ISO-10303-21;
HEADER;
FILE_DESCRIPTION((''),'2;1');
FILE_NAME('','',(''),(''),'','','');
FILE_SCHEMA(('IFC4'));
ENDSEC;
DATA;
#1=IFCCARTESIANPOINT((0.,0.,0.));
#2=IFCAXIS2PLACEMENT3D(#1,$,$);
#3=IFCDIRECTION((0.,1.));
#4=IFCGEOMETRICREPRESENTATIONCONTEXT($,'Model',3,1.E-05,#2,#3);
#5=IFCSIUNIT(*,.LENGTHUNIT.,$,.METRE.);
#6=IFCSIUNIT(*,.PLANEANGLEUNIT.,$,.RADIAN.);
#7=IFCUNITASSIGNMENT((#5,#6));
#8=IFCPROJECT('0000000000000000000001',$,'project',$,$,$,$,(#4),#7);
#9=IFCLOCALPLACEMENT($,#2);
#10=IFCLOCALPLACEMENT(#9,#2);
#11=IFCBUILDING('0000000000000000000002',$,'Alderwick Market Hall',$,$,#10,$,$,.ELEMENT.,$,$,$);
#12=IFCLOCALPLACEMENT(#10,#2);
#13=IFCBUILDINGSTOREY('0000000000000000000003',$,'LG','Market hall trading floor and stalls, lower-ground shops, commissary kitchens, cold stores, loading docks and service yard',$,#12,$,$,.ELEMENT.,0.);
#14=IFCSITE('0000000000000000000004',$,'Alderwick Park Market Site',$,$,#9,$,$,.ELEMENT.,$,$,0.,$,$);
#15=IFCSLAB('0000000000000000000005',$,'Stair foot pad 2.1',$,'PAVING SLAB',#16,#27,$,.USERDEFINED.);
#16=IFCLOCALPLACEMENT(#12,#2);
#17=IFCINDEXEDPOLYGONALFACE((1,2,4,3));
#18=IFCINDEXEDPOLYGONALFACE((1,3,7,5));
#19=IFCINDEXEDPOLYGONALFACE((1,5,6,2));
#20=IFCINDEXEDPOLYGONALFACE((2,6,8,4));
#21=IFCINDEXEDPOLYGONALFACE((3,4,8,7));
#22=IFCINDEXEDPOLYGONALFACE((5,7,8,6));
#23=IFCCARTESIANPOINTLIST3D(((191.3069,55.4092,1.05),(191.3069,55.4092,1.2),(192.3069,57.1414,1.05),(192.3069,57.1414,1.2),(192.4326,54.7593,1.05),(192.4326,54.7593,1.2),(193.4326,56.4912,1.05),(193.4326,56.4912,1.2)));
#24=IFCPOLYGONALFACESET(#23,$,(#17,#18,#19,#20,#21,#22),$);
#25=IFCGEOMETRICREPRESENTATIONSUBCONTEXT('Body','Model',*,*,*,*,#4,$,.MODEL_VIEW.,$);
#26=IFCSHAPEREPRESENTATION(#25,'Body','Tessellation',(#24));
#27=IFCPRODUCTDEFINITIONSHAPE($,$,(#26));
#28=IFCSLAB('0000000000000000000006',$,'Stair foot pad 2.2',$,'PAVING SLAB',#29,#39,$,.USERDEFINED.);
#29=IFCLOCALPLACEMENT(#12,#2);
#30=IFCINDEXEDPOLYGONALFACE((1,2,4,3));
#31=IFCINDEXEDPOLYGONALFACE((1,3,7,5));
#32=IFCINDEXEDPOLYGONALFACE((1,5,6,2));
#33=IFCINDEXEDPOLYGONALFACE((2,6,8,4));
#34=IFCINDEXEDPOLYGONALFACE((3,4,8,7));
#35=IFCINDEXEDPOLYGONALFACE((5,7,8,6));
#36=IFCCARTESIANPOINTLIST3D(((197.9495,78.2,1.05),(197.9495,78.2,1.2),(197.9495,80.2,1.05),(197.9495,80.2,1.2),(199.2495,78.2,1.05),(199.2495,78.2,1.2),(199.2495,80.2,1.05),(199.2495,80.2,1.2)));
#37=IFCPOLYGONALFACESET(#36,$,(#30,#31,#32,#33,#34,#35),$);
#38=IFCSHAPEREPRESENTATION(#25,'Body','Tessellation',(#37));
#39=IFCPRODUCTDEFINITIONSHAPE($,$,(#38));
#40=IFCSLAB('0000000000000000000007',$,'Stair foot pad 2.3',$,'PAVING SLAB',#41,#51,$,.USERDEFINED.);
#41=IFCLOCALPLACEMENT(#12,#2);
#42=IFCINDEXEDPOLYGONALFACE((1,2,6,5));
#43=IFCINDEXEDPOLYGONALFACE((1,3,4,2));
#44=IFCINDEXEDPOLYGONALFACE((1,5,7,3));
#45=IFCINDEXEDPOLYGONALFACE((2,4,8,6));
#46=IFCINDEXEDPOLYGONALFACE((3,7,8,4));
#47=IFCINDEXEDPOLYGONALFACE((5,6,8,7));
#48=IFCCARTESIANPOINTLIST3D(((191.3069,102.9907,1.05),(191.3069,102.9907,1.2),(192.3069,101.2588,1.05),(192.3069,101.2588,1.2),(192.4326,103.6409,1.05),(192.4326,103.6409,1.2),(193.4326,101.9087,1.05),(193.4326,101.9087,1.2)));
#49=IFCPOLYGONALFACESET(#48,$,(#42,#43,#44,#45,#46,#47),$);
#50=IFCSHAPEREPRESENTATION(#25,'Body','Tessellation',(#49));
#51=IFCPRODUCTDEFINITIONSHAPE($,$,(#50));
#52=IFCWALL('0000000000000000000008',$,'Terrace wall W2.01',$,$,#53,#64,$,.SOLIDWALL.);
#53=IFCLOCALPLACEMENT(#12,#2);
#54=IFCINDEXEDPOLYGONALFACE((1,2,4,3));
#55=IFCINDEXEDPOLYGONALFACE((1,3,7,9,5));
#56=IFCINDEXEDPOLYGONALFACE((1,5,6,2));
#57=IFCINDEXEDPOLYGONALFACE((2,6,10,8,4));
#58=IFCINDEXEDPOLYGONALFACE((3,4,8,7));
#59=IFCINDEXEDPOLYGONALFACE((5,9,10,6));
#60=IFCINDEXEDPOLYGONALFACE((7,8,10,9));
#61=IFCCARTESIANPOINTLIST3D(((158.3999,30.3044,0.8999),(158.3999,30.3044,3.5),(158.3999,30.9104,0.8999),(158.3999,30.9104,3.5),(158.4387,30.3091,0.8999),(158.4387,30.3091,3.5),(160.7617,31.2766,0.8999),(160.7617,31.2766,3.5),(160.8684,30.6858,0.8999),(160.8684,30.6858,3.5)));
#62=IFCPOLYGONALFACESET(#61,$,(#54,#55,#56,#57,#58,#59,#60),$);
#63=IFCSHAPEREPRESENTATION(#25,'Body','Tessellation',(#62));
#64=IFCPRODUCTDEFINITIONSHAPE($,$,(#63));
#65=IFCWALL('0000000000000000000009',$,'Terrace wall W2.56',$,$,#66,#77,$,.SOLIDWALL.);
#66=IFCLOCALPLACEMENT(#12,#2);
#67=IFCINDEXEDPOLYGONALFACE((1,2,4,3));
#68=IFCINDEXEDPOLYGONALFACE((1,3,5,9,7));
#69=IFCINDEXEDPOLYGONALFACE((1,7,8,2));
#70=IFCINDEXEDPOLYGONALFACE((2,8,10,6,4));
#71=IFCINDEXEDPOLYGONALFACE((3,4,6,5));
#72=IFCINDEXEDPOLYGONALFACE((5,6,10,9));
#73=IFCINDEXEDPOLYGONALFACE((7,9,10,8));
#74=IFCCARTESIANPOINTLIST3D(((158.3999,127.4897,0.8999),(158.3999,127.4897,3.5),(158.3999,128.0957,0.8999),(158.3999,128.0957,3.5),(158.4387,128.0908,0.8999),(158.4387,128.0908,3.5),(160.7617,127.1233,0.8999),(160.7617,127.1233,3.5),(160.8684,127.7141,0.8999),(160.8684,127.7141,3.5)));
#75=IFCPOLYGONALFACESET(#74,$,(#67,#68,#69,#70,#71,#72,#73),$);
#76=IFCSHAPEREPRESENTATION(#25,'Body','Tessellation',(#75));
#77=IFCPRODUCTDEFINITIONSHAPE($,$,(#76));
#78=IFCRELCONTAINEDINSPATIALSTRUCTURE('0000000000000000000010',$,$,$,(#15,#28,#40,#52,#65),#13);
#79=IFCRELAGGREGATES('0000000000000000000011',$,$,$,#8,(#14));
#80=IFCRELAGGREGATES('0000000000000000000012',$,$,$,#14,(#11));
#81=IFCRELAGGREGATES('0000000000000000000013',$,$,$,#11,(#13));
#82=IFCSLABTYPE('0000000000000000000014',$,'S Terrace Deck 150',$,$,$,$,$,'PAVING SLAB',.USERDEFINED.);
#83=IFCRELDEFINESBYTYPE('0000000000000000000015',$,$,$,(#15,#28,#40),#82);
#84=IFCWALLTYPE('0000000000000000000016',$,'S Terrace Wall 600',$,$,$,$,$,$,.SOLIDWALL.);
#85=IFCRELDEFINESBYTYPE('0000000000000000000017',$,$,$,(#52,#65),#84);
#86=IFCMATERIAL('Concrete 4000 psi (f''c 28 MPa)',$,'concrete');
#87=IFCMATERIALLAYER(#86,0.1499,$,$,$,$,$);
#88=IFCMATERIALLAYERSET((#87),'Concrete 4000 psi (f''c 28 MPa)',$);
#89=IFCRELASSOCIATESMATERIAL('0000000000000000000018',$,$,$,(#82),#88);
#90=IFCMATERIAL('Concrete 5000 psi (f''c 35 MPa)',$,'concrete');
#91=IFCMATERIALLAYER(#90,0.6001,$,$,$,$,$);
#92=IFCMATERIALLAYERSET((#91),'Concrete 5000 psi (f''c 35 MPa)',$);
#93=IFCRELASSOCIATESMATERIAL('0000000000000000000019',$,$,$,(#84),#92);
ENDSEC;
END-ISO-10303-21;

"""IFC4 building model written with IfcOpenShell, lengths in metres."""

from ifc_helpers import new_model, si_unit, direction, frame, origin, place, context, subcontext, project, spatial, polyline, outline, extrude, material, layer, layer_set, type_object, element, save


model = new_model("IFC4")

# Units and contexts
model_context = context("Model", 3, precision=1e-05, world=origin(), true_north=direction((0.0, 1.0)))
body_context = subcontext(model_context, "Body", "Model", "MODEL_VIEW")
ifc_project = project(units=[si_unit("LENGTHUNIT", "METRE"), si_unit("PLANEANGLEUNIT", "RADIAN")], contexts=[model_context])

# Site, building, storey
site_placement = place(None, origin())
site = spatial("IfcSite", under=ifc_project, at=site_placement, Name="Alderwick Park Market Site", CompositionType="ELEMENT", RefElevation=0.0)
building_placement = place(site_placement, origin())
building = spatial("IfcBuilding", under=site, at=building_placement, Name="Alderwick Market Hall", CompositionType="ELEMENT")
storey_placement = place(building_placement, origin())
storey = spatial("IfcBuildingStorey", under=building, at=storey_placement, Name="LG", Description="Market hall trading floor and stalls, lower-ground shops, commissary kitchens, cold stores, loading docks and service yard", CompositionType="ELEMENT", Elevation=0.0)

# Shared definitions
ifc_material_1 = material(Name="Concrete 4000 psi (f'c 28 MPa)", Category="concrete")

# Slabs
ifc_layer_1 = layer(ifc_material_1, 0.1499)
ifc_layer_set_1 = layer_set([ifc_layer_1], Name="Concrete 4000 psi (f'c 28 MPa)")
slab_type_1 = type_object("IfcSlabType", Name="S Terrace Deck 150", ElementType="PAVING SLAB", PredefinedType="USERDEFINED", material=ifc_layer_set_1)
slab_1_placement = place(storey_placement, frame((0.0, 0.0, 1.05)))
element("IfcSlab", 1, at=slab_1_placement, inside=storey, type_object=slab_type_1, Name="Stair foot pad 2.1", ObjectType="PAVING SLAB", PredefinedType="USERDEFINED", context=body_context, shape_type="SweptSolid", body=[
    extrude(outline(polyline([(192.3069, 57.1414), (191.3069, 55.4092), (192.4326, 54.7593), (193.4326, 56.4912), (192.3069, 57.1414)])), origin(), (0.0, 0.0, 1.0), 0.1499),
])
slab_2_placement = place(storey_placement, frame((0.0, 0.0, 1.05)))
element("IfcSlab", 2, at=slab_2_placement, inside=storey, type_object=slab_type_1, Name="Stair foot pad 2.2", ObjectType="PAVING SLAB", PredefinedType="USERDEFINED", context=body_context, shape_type="SweptSolid", body=[
    extrude(outline(polyline([(197.9495, 80.2), (197.9495, 78.2), (199.2495, 78.2), (199.2495, 80.2), (197.9495, 80.2)])), origin(), (0.0, 0.0, 1.0), 0.1499),
])
slab_3_placement = place(storey_placement, frame((0.0, 0.0, 1.05)))
element("IfcSlab", 3, at=slab_3_placement, inside=storey, type_object=slab_type_1, Name="Stair foot pad 2.3", ObjectType="PAVING SLAB", PredefinedType="USERDEFINED", context=body_context, shape_type="SweptSolid", body=[
    extrude(outline(polyline([(191.3069, 102.9907), (192.3069, 101.2588), (193.4326, 101.9087), (192.4326, 103.6409), (191.3069, 102.9907)])), origin(), (0.0, 0.0, 1.0), 0.1499),
])

# Walls
ifc_material_2 = material(Name="Concrete 5000 psi (f'c 35 MPa)", Category="concrete")
ifc_layer_2 = layer(ifc_material_2, 0.6001)
ifc_layer_set_2 = layer_set([ifc_layer_2], Name="Concrete 5000 psi (f'c 35 MPa)")
wall_type = type_object("IfcWallType", Name="S Terrace Wall 600", PredefinedType="SOLIDWALL", material=ifc_layer_set_2)
wall_1_placement = place(storey_placement, frame((0.0, 0.0, 0.8999)))
element("IfcWall", 4, at=wall_1_placement, inside=storey, type_object=wall_type, Name="Terrace wall W2.01", PredefinedType="SOLIDWALL", context=body_context, shape_type="SweptSolid", body=[
    extrude(outline(polyline([(158.3999, 30.9104), (158.3999, 30.3044), (158.4387, 30.3091), (160.8684, 30.6858), (160.7617, 31.2766), (158.3999, 30.9104)])), origin(), (0.0, 0.0, 1.0), 2.6001),
])
wall_2_placement = place(storey_placement, frame((0.0, 0.0, 0.8999)))
element("IfcWall", 5, at=wall_2_placement, inside=storey, type_object=wall_type, Name="Terrace wall W2.56", PredefinedType="SOLIDWALL", context=body_context, shape_type="SweptSolid", body=[
    extrude(outline(polyline([(160.8684, 127.7141), (158.4387, 128.0908), (158.3999, 128.0957), (158.3999, 127.4897), (160.7617, 127.1233), (160.8684, 127.7141)])), origin(), (0.0, 0.0, 1.0), 2.6001),
])

save(model, "model.ifc")
